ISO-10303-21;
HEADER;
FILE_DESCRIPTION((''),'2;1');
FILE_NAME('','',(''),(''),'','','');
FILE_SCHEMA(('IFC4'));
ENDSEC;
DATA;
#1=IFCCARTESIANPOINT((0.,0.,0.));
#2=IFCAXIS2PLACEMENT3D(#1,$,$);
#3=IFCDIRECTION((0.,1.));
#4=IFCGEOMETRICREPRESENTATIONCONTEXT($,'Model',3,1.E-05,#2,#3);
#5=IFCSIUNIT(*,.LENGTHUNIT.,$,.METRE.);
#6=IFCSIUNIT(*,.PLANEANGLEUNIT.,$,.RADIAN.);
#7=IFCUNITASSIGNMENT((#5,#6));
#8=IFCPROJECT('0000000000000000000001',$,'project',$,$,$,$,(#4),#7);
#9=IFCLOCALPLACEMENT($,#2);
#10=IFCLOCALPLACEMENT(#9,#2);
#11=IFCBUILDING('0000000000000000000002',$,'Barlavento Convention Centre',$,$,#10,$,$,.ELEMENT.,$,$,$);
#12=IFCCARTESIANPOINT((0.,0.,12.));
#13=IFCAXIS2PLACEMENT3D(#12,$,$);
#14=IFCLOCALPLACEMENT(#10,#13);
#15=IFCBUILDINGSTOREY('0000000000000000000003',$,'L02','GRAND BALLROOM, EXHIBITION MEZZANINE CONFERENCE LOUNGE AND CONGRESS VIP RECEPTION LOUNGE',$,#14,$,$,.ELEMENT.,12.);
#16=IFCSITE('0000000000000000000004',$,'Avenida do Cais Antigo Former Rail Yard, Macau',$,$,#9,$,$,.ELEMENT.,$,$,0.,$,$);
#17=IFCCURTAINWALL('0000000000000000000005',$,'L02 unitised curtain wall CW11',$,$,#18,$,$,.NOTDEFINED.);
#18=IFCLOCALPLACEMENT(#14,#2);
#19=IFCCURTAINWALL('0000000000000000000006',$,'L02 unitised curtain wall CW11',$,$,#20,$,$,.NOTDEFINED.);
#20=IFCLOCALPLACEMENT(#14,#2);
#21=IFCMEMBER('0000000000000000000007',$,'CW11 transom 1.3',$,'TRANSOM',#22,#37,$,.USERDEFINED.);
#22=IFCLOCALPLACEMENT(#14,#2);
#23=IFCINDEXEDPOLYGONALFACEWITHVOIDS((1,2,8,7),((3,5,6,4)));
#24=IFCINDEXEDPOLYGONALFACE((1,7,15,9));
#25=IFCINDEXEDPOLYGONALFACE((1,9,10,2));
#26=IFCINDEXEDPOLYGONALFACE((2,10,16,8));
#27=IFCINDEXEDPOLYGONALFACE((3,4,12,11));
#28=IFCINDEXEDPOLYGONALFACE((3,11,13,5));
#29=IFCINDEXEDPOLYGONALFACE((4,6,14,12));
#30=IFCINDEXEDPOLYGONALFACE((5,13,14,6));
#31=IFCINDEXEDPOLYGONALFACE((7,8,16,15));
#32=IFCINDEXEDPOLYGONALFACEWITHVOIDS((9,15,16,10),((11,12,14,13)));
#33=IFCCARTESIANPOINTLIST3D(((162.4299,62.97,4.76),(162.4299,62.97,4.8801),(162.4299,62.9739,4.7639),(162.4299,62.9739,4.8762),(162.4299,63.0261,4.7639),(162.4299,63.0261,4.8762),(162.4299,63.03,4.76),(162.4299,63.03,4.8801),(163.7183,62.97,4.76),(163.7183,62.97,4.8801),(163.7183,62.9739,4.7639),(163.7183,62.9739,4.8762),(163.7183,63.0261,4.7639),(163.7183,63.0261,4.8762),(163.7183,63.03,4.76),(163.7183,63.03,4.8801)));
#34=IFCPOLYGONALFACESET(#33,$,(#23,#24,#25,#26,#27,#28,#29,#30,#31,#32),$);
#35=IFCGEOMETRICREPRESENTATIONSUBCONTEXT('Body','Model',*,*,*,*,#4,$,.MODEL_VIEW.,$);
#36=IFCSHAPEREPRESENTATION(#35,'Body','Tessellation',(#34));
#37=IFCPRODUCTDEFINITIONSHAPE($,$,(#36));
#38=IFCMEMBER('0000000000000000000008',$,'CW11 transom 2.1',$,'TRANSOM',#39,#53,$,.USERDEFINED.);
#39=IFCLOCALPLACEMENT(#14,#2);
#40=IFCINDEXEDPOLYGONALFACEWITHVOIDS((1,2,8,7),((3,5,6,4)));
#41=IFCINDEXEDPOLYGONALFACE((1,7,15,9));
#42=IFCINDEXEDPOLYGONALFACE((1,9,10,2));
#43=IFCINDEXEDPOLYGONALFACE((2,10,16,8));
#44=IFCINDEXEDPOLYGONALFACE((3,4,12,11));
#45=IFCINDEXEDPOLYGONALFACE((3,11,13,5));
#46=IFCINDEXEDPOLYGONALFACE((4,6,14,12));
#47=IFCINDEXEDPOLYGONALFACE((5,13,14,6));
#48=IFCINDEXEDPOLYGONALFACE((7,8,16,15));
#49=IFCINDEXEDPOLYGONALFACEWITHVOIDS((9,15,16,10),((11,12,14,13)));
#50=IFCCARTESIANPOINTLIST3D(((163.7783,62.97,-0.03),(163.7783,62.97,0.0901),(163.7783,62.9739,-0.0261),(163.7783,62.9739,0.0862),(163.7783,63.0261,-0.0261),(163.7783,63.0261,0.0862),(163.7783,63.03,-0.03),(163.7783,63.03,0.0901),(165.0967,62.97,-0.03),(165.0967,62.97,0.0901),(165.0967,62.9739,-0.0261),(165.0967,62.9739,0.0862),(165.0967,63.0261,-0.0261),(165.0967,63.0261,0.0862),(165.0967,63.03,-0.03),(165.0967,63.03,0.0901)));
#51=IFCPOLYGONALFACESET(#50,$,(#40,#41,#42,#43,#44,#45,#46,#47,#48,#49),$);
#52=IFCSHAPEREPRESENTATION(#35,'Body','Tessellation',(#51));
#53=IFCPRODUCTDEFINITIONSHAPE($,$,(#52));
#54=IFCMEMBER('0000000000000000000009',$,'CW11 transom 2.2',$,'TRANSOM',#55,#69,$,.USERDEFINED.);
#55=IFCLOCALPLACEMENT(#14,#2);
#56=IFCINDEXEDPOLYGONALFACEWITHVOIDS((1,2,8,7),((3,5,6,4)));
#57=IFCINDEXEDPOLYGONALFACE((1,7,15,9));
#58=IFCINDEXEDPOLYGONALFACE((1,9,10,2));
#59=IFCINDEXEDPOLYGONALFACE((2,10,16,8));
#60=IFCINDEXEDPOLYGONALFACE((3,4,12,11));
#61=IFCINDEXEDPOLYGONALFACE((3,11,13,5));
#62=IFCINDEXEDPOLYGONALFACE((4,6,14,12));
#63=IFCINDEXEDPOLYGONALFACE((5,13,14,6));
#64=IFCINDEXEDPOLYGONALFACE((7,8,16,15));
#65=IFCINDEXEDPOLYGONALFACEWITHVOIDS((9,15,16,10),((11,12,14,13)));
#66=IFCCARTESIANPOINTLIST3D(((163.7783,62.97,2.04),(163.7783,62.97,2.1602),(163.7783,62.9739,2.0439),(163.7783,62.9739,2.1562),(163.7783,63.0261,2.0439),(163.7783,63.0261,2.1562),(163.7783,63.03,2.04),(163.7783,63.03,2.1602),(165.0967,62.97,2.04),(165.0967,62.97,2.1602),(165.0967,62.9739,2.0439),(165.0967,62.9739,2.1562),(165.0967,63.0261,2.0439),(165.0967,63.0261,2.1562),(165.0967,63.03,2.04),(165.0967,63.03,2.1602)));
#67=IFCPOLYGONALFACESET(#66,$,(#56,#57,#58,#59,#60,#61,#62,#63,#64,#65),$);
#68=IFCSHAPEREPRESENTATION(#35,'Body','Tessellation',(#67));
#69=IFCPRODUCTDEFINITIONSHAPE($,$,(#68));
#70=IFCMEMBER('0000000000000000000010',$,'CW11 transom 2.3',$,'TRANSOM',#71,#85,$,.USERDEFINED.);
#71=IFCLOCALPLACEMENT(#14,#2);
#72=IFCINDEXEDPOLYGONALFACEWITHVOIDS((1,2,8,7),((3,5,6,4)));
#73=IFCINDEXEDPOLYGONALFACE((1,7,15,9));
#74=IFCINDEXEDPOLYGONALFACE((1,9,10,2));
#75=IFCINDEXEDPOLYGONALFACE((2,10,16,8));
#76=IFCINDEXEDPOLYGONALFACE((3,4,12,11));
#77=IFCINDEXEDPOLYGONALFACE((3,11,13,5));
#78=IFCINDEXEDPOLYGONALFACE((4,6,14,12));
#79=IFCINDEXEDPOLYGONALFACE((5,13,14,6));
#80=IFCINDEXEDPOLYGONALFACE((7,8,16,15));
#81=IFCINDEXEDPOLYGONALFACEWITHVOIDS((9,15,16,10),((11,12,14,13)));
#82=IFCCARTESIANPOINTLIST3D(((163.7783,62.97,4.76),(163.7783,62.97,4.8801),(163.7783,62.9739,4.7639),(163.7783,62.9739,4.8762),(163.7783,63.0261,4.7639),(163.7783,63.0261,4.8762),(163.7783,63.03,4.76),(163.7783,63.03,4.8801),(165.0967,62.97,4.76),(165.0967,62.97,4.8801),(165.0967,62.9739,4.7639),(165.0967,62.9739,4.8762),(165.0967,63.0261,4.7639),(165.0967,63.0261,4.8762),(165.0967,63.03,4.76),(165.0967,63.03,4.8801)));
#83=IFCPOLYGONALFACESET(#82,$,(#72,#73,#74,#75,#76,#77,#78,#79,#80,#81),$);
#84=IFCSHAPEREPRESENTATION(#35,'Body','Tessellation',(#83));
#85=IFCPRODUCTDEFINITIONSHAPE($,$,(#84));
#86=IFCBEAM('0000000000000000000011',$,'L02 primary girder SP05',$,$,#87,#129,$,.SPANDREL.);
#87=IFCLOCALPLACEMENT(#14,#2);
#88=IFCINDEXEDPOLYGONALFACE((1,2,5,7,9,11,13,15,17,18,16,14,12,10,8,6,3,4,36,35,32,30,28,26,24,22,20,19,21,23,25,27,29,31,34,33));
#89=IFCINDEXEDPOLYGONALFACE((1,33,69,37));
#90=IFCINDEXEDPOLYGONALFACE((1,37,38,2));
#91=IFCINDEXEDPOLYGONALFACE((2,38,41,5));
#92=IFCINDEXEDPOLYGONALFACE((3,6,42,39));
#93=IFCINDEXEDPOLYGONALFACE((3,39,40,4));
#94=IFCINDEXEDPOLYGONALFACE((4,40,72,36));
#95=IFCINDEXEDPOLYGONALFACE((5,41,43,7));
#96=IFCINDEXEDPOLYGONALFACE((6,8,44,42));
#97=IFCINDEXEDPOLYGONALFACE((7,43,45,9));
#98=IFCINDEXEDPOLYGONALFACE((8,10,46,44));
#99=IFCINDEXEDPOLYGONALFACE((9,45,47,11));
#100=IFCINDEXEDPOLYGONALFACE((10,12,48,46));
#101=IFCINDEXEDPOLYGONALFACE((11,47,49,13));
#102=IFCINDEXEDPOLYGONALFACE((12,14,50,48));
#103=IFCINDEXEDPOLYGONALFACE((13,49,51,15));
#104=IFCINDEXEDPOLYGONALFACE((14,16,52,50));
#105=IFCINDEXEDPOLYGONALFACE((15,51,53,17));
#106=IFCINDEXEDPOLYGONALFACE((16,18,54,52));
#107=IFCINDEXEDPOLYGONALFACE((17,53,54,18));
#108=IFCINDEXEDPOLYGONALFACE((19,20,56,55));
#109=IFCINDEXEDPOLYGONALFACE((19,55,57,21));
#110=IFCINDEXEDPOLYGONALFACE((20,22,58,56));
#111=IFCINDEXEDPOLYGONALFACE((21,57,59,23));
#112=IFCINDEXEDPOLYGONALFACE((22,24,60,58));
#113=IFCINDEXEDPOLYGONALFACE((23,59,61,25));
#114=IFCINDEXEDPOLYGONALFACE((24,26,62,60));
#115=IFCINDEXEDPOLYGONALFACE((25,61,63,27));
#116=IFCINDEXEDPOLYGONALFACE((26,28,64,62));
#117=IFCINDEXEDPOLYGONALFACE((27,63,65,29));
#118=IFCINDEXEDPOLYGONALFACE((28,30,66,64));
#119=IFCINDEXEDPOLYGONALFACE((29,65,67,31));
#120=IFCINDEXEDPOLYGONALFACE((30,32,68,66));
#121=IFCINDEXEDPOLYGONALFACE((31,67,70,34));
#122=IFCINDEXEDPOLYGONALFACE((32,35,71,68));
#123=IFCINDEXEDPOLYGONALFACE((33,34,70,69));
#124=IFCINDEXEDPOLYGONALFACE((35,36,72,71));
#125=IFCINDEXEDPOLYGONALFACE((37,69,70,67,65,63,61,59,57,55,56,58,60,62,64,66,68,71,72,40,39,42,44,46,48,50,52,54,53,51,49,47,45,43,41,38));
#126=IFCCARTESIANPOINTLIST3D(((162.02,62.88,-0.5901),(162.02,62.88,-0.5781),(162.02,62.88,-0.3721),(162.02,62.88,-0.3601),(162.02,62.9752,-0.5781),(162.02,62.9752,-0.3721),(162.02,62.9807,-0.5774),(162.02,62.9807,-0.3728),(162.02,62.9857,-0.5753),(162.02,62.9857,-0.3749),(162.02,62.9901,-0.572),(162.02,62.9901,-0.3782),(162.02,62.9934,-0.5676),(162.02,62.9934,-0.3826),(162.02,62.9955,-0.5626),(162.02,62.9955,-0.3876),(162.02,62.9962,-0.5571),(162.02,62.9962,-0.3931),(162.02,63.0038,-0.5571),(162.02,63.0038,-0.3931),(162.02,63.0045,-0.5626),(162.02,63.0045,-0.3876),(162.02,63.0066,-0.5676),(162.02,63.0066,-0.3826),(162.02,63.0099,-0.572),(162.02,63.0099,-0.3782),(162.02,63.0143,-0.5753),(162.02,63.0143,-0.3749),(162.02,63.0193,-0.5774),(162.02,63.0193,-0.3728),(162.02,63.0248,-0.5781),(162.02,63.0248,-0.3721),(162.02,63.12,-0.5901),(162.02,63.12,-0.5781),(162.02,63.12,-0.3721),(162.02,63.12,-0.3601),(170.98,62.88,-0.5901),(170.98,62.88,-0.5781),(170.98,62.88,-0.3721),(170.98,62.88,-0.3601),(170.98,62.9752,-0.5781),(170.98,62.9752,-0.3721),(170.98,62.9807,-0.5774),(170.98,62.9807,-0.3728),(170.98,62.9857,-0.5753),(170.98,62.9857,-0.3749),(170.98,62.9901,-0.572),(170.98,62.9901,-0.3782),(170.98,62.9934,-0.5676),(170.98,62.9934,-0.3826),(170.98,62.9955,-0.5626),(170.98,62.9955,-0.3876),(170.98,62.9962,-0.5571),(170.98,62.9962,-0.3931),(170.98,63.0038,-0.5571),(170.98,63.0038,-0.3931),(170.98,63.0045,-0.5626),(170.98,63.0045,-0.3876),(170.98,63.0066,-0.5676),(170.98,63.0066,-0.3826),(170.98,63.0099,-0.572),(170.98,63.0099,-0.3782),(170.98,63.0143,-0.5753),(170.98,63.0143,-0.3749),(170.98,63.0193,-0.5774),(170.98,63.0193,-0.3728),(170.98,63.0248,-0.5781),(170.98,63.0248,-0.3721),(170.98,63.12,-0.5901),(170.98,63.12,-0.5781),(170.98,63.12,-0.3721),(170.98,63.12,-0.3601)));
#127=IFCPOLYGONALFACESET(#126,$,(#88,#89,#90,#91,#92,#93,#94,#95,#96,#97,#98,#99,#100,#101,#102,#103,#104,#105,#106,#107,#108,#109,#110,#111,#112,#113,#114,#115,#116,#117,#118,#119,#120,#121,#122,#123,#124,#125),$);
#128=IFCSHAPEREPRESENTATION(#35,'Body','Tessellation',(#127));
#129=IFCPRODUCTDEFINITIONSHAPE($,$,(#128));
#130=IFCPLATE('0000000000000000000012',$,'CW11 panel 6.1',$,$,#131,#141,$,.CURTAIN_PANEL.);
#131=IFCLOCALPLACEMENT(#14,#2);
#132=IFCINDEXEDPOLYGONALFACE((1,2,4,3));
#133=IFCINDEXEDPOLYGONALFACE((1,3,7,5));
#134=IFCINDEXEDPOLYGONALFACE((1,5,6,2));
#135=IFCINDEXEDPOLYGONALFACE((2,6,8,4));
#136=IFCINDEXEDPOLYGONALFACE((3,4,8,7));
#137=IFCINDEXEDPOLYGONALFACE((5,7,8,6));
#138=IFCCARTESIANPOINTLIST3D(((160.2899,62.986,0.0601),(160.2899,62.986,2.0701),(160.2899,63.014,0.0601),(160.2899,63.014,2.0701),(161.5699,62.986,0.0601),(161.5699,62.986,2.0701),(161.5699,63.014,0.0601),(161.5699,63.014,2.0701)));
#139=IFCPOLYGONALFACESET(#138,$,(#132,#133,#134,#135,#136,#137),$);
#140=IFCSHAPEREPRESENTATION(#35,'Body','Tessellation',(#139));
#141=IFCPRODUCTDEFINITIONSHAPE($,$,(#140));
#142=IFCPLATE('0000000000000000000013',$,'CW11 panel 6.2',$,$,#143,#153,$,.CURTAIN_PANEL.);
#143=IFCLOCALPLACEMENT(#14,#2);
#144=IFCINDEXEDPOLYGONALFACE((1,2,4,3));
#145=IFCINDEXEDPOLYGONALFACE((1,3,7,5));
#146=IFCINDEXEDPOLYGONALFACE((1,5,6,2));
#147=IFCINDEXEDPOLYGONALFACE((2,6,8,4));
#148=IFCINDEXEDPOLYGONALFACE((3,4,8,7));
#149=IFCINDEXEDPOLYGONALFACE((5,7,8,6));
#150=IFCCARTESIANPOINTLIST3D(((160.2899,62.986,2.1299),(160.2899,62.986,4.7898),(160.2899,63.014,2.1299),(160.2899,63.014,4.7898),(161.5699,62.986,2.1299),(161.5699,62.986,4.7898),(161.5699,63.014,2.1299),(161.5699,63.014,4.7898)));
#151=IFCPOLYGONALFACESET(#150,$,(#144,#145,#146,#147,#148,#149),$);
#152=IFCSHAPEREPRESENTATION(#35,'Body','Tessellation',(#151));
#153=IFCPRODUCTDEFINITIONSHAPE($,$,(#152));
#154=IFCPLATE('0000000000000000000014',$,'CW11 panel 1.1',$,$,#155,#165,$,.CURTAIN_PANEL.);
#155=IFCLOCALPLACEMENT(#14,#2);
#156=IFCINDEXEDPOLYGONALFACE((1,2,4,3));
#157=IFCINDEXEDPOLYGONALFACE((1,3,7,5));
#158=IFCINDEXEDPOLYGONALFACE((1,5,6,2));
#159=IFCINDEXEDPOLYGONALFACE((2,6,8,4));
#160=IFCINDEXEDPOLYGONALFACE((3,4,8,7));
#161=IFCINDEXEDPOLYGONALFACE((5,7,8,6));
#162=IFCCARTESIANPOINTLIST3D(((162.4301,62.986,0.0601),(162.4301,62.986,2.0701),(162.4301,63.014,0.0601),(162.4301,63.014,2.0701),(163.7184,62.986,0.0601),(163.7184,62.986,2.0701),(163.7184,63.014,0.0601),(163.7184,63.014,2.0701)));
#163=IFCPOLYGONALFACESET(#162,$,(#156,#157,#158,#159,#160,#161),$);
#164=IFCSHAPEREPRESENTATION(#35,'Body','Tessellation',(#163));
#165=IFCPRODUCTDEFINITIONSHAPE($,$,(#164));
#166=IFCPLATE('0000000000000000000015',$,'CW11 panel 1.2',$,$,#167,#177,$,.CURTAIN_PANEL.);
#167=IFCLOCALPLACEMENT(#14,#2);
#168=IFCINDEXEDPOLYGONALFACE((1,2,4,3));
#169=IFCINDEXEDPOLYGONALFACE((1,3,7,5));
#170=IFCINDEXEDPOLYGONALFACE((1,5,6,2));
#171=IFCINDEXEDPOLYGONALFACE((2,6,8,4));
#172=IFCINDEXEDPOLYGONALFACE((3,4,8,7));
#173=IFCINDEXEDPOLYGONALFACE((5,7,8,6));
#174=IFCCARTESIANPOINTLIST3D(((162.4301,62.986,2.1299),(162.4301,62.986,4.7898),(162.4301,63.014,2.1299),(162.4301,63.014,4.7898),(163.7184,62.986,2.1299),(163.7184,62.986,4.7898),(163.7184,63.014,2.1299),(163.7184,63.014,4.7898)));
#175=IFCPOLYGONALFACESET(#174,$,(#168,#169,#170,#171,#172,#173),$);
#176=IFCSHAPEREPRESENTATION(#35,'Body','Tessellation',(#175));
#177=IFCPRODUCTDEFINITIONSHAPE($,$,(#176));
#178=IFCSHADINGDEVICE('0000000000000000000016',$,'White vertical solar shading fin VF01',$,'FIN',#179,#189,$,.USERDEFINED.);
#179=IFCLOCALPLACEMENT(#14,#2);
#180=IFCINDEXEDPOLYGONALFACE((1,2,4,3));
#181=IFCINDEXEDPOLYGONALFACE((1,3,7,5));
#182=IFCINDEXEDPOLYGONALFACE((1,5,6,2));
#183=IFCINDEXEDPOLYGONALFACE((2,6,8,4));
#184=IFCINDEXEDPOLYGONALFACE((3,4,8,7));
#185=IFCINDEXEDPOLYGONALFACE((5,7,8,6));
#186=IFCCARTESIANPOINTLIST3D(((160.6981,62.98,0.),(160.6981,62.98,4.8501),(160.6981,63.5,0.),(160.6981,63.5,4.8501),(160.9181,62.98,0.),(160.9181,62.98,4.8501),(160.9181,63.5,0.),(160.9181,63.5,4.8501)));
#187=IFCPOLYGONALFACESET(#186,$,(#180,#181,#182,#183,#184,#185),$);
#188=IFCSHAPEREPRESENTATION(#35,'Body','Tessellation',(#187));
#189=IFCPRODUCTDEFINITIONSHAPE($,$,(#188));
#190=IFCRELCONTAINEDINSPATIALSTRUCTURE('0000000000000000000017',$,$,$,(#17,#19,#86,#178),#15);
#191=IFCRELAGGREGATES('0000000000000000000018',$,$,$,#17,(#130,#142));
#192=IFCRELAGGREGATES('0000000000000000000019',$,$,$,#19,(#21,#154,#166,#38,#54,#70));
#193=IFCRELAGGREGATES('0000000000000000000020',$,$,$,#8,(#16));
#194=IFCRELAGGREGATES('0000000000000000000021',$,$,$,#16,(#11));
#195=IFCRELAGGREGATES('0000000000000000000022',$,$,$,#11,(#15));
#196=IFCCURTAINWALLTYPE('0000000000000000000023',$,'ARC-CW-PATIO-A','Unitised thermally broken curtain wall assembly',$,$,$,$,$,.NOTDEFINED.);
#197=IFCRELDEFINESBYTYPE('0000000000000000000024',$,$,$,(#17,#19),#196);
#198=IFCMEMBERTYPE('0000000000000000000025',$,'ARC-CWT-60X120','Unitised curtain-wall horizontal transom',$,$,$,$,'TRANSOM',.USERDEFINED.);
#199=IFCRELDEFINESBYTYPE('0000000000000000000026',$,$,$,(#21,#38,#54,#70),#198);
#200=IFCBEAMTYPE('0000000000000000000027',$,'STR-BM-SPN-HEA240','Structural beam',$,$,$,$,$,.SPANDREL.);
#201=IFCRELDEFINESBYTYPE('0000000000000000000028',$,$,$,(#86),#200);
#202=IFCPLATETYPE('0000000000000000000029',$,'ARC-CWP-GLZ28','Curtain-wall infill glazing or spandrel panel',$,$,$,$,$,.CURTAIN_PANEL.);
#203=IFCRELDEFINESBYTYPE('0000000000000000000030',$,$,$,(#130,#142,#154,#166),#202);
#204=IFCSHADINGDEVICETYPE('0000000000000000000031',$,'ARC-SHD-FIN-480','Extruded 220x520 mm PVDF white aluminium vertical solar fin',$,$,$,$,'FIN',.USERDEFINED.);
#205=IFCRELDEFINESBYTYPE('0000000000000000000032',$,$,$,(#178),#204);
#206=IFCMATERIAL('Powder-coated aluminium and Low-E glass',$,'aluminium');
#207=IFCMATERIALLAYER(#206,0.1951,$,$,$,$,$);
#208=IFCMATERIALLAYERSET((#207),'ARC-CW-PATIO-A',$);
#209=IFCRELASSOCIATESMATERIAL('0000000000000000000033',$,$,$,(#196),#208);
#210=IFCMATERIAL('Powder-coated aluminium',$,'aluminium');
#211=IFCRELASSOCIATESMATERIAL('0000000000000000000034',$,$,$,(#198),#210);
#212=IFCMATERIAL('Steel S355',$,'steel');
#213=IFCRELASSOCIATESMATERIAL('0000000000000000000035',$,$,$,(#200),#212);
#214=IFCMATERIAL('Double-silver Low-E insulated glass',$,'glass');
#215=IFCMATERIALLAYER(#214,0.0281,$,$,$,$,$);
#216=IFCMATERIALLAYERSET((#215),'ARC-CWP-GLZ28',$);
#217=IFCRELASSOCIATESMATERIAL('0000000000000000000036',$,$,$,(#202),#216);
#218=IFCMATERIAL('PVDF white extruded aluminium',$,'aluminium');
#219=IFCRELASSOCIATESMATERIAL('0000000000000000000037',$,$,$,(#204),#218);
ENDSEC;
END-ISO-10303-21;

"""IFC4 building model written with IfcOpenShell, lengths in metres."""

from ifc_helpers import new_model, si_unit, direction, frame, origin, origin_2d, place, context, subcontext, project, spatial, rectangle, hollow_rectangle, i_section, extrude, material, layer, layer_set, material_profile, profile_set, type_object, element, aggregate, save


model = new_model("IFC4")

# Units and contexts
model_context = context("Model", 3, precision=1e-05, world=origin(), true_north=direction((0.0, 1.0)))
body_context = subcontext(model_context, "Body", "Model", "MODEL_VIEW")
ifc_project = project(units=[si_unit("LENGTHUNIT", "METRE"), si_unit("PLANEANGLEUNIT", "RADIAN")], contexts=[model_context])

# Site, building, storey
site_placement = place(None, origin())
site = spatial("IfcSite", under=ifc_project, at=site_placement, Name="Avenida do Cais Antigo Former Rail Yard, Macau", CompositionType="ELEMENT", RefElevation=0.0)
building_placement = place(site_placement, origin())
building = spatial("IfcBuilding", under=site, at=building_placement, Name="Barlavento Convention Centre", CompositionType="ELEMENT")
storey_placement = place(building_placement, frame((0.0, 0.0, 12.0)))
storey = spatial("IfcBuildingStorey", under=building, at=storey_placement, Name="L02", Description="GRAND BALLROOM, EXHIBITION MEZZANINE CONFERENCE LOUNGE AND CONGRESS VIP RECEPTION LOUNGE", CompositionType="ELEMENT", Elevation=12.0)

# Shared definitions
ifc_material_1 = material(Name="Steel S355", Category="steel")

# Curtain wall
ifc_material_2 = material(Name="Powder-coated aluminium and Low-E glass", Category="aluminium")
ifc_layer_1 = layer(ifc_material_2, 0.1951)
ifc_layer_set_1 = layer_set([ifc_layer_1], Name="ARC-CW-PATIO-A")
curtain_wall_type = type_object("IfcCurtainWallType", Name="ARC-CW-PATIO-A", Description="Unitised thermally broken curtain wall assembly", PredefinedType="NOTDEFINED", material=ifc_layer_set_1)
curtain_wall_1_placement = place(storey_placement, origin())
curtain_wall_1 = element("IfcCurtainWall", 1, at=curtain_wall_1_placement, inside=storey, type_object=curtain_wall_type, Name="L02 unitised curtain wall CW11", PredefinedType="NOTDEFINED")
ifc_material_3 = material(Name="Powder-coated aluminium", Category="aluminium")

# Curtain wall
curtain_wall_2_placement = place(storey_placement, origin())
curtain_wall_2 = element("IfcCurtainWall", 2, at=curtain_wall_2_placement, inside=storey, type_object=curtain_wall_type, Name="L02 unitised curtain wall CW11", PredefinedType="NOTDEFINED")

# Members
ifc_material_profile_1 = material_profile(ifc_material_3, hollow_rectangle(XDim=0.0601, YDim=0.1201, WallThickness=0.0039, at=origin_2d()), Name="AL-TRAN 60x120x4")
ifc_profile_set_1 = profile_set([ifc_material_profile_1], Name="Powder-coated aluminium")
member_type_1 = type_object("IfcMemberType", Name="ARC-CWT-60X120", Description="Unitised curtain-wall horizontal transom", ElementType="TRANSOM", PredefinedType="USERDEFINED", material=ifc_profile_set_1)
member_1_placement = place(storey_placement, frame((162.4299, 63.0, 4.8201), z_axis=(1.0, 0.0, 0.0), x_axis=(0.0, 1.0, 0.0)))
member_1 = element("IfcMember", 3, at=member_1_placement, type_object=member_type_1, Name="CW11 transom 1.3", ObjectType="TRANSOM", PredefinedType="USERDEFINED", context=body_context, shape_type="SweptSolid", body=[
    extrude(hollow_rectangle(XDim=0.0601, YDim=0.1201, WallThickness=0.0039, at=origin_2d()), origin(), (0.0, 0.0, 1.0), 1.2883),
])
member_2_placement = place(storey_placement, frame((163.7783, 63.0, 0.03), z_axis=(1.0, 0.0, 0.0), x_axis=(0.0, 1.0, 0.0)))
member_2 = element("IfcMember", 4, at=member_2_placement, type_object=member_type_1, Name="CW11 transom 2.1", ObjectType="TRANSOM", PredefinedType="USERDEFINED", context=body_context, shape_type="SweptSolid", body=[
    extrude(hollow_rectangle(XDim=0.0601, YDim=0.1201, WallThickness=0.0039, at=origin_2d()), origin(), (0.0, 0.0, 1.0), 1.3184),
])
member_3_placement = place(storey_placement, frame((163.7783, 63.0, 2.1001), z_axis=(1.0, 0.0, 0.0), x_axis=(0.0, 1.0, 0.0)))
member_3 = element("IfcMember", 5, at=member_3_placement, type_object=member_type_1, Name="CW11 transom 2.2", ObjectType="TRANSOM", PredefinedType="USERDEFINED", context=body_context, shape_type="SweptSolid", body=[
    extrude(hollow_rectangle(XDim=0.0601, YDim=0.1201, WallThickness=0.0039, at=origin_2d()), origin(), (0.0, 0.0, 1.0), 1.3184),
])
member_4_placement = place(storey_placement, frame((163.7783, 63.0, 4.8201), z_axis=(1.0, 0.0, 0.0), x_axis=(0.0, 1.0, 0.0)))
member_4 = element("IfcMember", 6, at=member_4_placement, type_object=member_type_1, Name="CW11 transom 2.3", ObjectType="TRANSOM", PredefinedType="USERDEFINED", context=body_context, shape_type="SweptSolid", body=[
    extrude(hollow_rectangle(XDim=0.0601, YDim=0.1201, WallThickness=0.0039, at=origin_2d()), origin(), (0.0, 0.0, 1.0), 1.3184),
])

# Beam
ifc_material_profile_2 = material_profile(ifc_material_1, i_section(OverallWidth=0.24, OverallDepth=0.23, WebThickness=0.0076, FlangeThickness=0.012, FilletRadius=0.021, at=origin_2d()), Name="HEA 240")
ifc_profile_set_2 = profile_set([ifc_material_profile_2], Name="Steel S355")
beam_type = type_object("IfcBeamType", Name="STR-BM-SPN-HEA240", Description="Structural beam", PredefinedType="SPANDREL", material=ifc_profile_set_2)
beam_placement = place(storey_placement, frame((162.02, 63.0, -0.4751), z_axis=(1.0, 0.0, 0.0), x_axis=(0.0, 1.0, 0.0)))
element("IfcBeam", 7, at=beam_placement, inside=storey, type_object=beam_type, Name="L02 primary girder SP05", PredefinedType="SPANDREL", context=body_context, shape_type="SweptSolid", body=[
    extrude(i_section(OverallWidth=0.24, OverallDepth=0.23, WebThickness=0.0076, FlangeThickness=0.012, FilletRadius=0.021, at=origin_2d()), origin(), (0.0, 0.0, 1.0), 8.96),
])

# Plates
ifc_material_4 = material(Name="Double-silver Low-E insulated glass", Category="glass")
ifc_layer_2 = layer(ifc_material_4, 0.0281)
ifc_layer_set_2 = layer_set([ifc_layer_2], Name="ARC-CWP-GLZ28")
plate_type = type_object("IfcPlateType", Name="ARC-CWP-GLZ28", Description="Curtain-wall infill glazing or spandrel panel", PredefinedType="CURTAIN_PANEL", material=ifc_layer_set_2)
plate_1_placement = place(storey_placement, frame((160.9299, 63.0, 0.0601), z_axis=(0.0, 0.0, 1.0), x_axis=(1.0, 0.0, 0.0)))
plate_1 = element("IfcPlate", 8, at=plate_1_placement, type_object=plate_type, Name="CW11 panel 6.1", PredefinedType="CURTAIN_PANEL", context=body_context, shape_type="SweptSolid", body=[
    extrude(rectangle(XDim=1.28, YDim=0.0281, at=origin_2d()), origin(), (0.0, 0.0, 1.0), 2.01),
])
plate_2_placement = place(storey_placement, frame((160.9299, 63.0, 2.1299), z_axis=(0.0, 0.0, 1.0), x_axis=(1.0, 0.0, 0.0)))
plate_2 = element("IfcPlate", 9, at=plate_2_placement, type_object=plate_type, Name="CW11 panel 6.2", PredefinedType="CURTAIN_PANEL", context=body_context, shape_type="SweptSolid", body=[
    extrude(rectangle(XDim=1.28, YDim=0.0281, at=origin_2d()), origin(), (0.0, 0.0, 1.0), 2.6599),
])
aggregate(curtain_wall_1, [plate_1, plate_2])
plate_3_placement = place(storey_placement, frame((163.0742, 63.0, 0.0601), z_axis=(0.0, 0.0, 1.0), x_axis=(1.0, 0.0, 0.0)))
plate_3 = element("IfcPlate", 10, at=plate_3_placement, type_object=plate_type, Name="CW11 panel 1.1", PredefinedType="CURTAIN_PANEL", context=body_context, shape_type="SweptSolid", body=[
    extrude(rectangle(XDim=1.2883, YDim=0.0281, at=origin_2d()), origin(), (0.0, 0.0, 1.0), 2.01),
])
plate_4_placement = place(storey_placement, frame((163.0742, 63.0, 2.1299), z_axis=(0.0, 0.0, 1.0), x_axis=(1.0, 0.0, 0.0)))
plate_4 = element("IfcPlate", 11, at=plate_4_placement, type_object=plate_type, Name="CW11 panel 1.2", PredefinedType="CURTAIN_PANEL", context=body_context, shape_type="SweptSolid", body=[
    extrude(rectangle(XDim=1.2883, YDim=0.0281, at=origin_2d()), origin(), (0.0, 0.0, 1.0), 2.6599),
])
aggregate(curtain_wall_2, [member_1, plate_3, plate_4, member_2, member_3, member_4])

# Shading device
ifc_material_5 = material(Name="PVDF white extruded aluminium", Category="aluminium")
shading_device_type = type_object("IfcShadingDeviceType", Name="ARC-SHD-FIN-480", Description="Extruded 220x520 mm PVDF white aluminium vertical solar fin", ElementType="FIN", PredefinedType="USERDEFINED", material=ifc_material_5)
for number, where, z_axis, x_axis, name in (
    (12, (160.8081, 63.24, 0.0), (0.0, 0.0, 1.0), (1.0, 0.0, 0.0), "White vertical solar shading fin VF01"),
):
    element("IfcShadingDevice", number, at=place(storey_placement, frame(where, z_axis=z_axis, x_axis=x_axis)), inside=storey, type_object=shading_device_type, Name=name, ObjectType="FIN", PredefinedType="USERDEFINED", context=body_context, shape_type="SweptSolid", body=[
        extrude(rectangle(XDim=0.22, YDim=0.52, at=origin_2d()), origin(), (0.0, 0.0, 1.0), 4.8501),
    ])

save(model, "model.ifc")
